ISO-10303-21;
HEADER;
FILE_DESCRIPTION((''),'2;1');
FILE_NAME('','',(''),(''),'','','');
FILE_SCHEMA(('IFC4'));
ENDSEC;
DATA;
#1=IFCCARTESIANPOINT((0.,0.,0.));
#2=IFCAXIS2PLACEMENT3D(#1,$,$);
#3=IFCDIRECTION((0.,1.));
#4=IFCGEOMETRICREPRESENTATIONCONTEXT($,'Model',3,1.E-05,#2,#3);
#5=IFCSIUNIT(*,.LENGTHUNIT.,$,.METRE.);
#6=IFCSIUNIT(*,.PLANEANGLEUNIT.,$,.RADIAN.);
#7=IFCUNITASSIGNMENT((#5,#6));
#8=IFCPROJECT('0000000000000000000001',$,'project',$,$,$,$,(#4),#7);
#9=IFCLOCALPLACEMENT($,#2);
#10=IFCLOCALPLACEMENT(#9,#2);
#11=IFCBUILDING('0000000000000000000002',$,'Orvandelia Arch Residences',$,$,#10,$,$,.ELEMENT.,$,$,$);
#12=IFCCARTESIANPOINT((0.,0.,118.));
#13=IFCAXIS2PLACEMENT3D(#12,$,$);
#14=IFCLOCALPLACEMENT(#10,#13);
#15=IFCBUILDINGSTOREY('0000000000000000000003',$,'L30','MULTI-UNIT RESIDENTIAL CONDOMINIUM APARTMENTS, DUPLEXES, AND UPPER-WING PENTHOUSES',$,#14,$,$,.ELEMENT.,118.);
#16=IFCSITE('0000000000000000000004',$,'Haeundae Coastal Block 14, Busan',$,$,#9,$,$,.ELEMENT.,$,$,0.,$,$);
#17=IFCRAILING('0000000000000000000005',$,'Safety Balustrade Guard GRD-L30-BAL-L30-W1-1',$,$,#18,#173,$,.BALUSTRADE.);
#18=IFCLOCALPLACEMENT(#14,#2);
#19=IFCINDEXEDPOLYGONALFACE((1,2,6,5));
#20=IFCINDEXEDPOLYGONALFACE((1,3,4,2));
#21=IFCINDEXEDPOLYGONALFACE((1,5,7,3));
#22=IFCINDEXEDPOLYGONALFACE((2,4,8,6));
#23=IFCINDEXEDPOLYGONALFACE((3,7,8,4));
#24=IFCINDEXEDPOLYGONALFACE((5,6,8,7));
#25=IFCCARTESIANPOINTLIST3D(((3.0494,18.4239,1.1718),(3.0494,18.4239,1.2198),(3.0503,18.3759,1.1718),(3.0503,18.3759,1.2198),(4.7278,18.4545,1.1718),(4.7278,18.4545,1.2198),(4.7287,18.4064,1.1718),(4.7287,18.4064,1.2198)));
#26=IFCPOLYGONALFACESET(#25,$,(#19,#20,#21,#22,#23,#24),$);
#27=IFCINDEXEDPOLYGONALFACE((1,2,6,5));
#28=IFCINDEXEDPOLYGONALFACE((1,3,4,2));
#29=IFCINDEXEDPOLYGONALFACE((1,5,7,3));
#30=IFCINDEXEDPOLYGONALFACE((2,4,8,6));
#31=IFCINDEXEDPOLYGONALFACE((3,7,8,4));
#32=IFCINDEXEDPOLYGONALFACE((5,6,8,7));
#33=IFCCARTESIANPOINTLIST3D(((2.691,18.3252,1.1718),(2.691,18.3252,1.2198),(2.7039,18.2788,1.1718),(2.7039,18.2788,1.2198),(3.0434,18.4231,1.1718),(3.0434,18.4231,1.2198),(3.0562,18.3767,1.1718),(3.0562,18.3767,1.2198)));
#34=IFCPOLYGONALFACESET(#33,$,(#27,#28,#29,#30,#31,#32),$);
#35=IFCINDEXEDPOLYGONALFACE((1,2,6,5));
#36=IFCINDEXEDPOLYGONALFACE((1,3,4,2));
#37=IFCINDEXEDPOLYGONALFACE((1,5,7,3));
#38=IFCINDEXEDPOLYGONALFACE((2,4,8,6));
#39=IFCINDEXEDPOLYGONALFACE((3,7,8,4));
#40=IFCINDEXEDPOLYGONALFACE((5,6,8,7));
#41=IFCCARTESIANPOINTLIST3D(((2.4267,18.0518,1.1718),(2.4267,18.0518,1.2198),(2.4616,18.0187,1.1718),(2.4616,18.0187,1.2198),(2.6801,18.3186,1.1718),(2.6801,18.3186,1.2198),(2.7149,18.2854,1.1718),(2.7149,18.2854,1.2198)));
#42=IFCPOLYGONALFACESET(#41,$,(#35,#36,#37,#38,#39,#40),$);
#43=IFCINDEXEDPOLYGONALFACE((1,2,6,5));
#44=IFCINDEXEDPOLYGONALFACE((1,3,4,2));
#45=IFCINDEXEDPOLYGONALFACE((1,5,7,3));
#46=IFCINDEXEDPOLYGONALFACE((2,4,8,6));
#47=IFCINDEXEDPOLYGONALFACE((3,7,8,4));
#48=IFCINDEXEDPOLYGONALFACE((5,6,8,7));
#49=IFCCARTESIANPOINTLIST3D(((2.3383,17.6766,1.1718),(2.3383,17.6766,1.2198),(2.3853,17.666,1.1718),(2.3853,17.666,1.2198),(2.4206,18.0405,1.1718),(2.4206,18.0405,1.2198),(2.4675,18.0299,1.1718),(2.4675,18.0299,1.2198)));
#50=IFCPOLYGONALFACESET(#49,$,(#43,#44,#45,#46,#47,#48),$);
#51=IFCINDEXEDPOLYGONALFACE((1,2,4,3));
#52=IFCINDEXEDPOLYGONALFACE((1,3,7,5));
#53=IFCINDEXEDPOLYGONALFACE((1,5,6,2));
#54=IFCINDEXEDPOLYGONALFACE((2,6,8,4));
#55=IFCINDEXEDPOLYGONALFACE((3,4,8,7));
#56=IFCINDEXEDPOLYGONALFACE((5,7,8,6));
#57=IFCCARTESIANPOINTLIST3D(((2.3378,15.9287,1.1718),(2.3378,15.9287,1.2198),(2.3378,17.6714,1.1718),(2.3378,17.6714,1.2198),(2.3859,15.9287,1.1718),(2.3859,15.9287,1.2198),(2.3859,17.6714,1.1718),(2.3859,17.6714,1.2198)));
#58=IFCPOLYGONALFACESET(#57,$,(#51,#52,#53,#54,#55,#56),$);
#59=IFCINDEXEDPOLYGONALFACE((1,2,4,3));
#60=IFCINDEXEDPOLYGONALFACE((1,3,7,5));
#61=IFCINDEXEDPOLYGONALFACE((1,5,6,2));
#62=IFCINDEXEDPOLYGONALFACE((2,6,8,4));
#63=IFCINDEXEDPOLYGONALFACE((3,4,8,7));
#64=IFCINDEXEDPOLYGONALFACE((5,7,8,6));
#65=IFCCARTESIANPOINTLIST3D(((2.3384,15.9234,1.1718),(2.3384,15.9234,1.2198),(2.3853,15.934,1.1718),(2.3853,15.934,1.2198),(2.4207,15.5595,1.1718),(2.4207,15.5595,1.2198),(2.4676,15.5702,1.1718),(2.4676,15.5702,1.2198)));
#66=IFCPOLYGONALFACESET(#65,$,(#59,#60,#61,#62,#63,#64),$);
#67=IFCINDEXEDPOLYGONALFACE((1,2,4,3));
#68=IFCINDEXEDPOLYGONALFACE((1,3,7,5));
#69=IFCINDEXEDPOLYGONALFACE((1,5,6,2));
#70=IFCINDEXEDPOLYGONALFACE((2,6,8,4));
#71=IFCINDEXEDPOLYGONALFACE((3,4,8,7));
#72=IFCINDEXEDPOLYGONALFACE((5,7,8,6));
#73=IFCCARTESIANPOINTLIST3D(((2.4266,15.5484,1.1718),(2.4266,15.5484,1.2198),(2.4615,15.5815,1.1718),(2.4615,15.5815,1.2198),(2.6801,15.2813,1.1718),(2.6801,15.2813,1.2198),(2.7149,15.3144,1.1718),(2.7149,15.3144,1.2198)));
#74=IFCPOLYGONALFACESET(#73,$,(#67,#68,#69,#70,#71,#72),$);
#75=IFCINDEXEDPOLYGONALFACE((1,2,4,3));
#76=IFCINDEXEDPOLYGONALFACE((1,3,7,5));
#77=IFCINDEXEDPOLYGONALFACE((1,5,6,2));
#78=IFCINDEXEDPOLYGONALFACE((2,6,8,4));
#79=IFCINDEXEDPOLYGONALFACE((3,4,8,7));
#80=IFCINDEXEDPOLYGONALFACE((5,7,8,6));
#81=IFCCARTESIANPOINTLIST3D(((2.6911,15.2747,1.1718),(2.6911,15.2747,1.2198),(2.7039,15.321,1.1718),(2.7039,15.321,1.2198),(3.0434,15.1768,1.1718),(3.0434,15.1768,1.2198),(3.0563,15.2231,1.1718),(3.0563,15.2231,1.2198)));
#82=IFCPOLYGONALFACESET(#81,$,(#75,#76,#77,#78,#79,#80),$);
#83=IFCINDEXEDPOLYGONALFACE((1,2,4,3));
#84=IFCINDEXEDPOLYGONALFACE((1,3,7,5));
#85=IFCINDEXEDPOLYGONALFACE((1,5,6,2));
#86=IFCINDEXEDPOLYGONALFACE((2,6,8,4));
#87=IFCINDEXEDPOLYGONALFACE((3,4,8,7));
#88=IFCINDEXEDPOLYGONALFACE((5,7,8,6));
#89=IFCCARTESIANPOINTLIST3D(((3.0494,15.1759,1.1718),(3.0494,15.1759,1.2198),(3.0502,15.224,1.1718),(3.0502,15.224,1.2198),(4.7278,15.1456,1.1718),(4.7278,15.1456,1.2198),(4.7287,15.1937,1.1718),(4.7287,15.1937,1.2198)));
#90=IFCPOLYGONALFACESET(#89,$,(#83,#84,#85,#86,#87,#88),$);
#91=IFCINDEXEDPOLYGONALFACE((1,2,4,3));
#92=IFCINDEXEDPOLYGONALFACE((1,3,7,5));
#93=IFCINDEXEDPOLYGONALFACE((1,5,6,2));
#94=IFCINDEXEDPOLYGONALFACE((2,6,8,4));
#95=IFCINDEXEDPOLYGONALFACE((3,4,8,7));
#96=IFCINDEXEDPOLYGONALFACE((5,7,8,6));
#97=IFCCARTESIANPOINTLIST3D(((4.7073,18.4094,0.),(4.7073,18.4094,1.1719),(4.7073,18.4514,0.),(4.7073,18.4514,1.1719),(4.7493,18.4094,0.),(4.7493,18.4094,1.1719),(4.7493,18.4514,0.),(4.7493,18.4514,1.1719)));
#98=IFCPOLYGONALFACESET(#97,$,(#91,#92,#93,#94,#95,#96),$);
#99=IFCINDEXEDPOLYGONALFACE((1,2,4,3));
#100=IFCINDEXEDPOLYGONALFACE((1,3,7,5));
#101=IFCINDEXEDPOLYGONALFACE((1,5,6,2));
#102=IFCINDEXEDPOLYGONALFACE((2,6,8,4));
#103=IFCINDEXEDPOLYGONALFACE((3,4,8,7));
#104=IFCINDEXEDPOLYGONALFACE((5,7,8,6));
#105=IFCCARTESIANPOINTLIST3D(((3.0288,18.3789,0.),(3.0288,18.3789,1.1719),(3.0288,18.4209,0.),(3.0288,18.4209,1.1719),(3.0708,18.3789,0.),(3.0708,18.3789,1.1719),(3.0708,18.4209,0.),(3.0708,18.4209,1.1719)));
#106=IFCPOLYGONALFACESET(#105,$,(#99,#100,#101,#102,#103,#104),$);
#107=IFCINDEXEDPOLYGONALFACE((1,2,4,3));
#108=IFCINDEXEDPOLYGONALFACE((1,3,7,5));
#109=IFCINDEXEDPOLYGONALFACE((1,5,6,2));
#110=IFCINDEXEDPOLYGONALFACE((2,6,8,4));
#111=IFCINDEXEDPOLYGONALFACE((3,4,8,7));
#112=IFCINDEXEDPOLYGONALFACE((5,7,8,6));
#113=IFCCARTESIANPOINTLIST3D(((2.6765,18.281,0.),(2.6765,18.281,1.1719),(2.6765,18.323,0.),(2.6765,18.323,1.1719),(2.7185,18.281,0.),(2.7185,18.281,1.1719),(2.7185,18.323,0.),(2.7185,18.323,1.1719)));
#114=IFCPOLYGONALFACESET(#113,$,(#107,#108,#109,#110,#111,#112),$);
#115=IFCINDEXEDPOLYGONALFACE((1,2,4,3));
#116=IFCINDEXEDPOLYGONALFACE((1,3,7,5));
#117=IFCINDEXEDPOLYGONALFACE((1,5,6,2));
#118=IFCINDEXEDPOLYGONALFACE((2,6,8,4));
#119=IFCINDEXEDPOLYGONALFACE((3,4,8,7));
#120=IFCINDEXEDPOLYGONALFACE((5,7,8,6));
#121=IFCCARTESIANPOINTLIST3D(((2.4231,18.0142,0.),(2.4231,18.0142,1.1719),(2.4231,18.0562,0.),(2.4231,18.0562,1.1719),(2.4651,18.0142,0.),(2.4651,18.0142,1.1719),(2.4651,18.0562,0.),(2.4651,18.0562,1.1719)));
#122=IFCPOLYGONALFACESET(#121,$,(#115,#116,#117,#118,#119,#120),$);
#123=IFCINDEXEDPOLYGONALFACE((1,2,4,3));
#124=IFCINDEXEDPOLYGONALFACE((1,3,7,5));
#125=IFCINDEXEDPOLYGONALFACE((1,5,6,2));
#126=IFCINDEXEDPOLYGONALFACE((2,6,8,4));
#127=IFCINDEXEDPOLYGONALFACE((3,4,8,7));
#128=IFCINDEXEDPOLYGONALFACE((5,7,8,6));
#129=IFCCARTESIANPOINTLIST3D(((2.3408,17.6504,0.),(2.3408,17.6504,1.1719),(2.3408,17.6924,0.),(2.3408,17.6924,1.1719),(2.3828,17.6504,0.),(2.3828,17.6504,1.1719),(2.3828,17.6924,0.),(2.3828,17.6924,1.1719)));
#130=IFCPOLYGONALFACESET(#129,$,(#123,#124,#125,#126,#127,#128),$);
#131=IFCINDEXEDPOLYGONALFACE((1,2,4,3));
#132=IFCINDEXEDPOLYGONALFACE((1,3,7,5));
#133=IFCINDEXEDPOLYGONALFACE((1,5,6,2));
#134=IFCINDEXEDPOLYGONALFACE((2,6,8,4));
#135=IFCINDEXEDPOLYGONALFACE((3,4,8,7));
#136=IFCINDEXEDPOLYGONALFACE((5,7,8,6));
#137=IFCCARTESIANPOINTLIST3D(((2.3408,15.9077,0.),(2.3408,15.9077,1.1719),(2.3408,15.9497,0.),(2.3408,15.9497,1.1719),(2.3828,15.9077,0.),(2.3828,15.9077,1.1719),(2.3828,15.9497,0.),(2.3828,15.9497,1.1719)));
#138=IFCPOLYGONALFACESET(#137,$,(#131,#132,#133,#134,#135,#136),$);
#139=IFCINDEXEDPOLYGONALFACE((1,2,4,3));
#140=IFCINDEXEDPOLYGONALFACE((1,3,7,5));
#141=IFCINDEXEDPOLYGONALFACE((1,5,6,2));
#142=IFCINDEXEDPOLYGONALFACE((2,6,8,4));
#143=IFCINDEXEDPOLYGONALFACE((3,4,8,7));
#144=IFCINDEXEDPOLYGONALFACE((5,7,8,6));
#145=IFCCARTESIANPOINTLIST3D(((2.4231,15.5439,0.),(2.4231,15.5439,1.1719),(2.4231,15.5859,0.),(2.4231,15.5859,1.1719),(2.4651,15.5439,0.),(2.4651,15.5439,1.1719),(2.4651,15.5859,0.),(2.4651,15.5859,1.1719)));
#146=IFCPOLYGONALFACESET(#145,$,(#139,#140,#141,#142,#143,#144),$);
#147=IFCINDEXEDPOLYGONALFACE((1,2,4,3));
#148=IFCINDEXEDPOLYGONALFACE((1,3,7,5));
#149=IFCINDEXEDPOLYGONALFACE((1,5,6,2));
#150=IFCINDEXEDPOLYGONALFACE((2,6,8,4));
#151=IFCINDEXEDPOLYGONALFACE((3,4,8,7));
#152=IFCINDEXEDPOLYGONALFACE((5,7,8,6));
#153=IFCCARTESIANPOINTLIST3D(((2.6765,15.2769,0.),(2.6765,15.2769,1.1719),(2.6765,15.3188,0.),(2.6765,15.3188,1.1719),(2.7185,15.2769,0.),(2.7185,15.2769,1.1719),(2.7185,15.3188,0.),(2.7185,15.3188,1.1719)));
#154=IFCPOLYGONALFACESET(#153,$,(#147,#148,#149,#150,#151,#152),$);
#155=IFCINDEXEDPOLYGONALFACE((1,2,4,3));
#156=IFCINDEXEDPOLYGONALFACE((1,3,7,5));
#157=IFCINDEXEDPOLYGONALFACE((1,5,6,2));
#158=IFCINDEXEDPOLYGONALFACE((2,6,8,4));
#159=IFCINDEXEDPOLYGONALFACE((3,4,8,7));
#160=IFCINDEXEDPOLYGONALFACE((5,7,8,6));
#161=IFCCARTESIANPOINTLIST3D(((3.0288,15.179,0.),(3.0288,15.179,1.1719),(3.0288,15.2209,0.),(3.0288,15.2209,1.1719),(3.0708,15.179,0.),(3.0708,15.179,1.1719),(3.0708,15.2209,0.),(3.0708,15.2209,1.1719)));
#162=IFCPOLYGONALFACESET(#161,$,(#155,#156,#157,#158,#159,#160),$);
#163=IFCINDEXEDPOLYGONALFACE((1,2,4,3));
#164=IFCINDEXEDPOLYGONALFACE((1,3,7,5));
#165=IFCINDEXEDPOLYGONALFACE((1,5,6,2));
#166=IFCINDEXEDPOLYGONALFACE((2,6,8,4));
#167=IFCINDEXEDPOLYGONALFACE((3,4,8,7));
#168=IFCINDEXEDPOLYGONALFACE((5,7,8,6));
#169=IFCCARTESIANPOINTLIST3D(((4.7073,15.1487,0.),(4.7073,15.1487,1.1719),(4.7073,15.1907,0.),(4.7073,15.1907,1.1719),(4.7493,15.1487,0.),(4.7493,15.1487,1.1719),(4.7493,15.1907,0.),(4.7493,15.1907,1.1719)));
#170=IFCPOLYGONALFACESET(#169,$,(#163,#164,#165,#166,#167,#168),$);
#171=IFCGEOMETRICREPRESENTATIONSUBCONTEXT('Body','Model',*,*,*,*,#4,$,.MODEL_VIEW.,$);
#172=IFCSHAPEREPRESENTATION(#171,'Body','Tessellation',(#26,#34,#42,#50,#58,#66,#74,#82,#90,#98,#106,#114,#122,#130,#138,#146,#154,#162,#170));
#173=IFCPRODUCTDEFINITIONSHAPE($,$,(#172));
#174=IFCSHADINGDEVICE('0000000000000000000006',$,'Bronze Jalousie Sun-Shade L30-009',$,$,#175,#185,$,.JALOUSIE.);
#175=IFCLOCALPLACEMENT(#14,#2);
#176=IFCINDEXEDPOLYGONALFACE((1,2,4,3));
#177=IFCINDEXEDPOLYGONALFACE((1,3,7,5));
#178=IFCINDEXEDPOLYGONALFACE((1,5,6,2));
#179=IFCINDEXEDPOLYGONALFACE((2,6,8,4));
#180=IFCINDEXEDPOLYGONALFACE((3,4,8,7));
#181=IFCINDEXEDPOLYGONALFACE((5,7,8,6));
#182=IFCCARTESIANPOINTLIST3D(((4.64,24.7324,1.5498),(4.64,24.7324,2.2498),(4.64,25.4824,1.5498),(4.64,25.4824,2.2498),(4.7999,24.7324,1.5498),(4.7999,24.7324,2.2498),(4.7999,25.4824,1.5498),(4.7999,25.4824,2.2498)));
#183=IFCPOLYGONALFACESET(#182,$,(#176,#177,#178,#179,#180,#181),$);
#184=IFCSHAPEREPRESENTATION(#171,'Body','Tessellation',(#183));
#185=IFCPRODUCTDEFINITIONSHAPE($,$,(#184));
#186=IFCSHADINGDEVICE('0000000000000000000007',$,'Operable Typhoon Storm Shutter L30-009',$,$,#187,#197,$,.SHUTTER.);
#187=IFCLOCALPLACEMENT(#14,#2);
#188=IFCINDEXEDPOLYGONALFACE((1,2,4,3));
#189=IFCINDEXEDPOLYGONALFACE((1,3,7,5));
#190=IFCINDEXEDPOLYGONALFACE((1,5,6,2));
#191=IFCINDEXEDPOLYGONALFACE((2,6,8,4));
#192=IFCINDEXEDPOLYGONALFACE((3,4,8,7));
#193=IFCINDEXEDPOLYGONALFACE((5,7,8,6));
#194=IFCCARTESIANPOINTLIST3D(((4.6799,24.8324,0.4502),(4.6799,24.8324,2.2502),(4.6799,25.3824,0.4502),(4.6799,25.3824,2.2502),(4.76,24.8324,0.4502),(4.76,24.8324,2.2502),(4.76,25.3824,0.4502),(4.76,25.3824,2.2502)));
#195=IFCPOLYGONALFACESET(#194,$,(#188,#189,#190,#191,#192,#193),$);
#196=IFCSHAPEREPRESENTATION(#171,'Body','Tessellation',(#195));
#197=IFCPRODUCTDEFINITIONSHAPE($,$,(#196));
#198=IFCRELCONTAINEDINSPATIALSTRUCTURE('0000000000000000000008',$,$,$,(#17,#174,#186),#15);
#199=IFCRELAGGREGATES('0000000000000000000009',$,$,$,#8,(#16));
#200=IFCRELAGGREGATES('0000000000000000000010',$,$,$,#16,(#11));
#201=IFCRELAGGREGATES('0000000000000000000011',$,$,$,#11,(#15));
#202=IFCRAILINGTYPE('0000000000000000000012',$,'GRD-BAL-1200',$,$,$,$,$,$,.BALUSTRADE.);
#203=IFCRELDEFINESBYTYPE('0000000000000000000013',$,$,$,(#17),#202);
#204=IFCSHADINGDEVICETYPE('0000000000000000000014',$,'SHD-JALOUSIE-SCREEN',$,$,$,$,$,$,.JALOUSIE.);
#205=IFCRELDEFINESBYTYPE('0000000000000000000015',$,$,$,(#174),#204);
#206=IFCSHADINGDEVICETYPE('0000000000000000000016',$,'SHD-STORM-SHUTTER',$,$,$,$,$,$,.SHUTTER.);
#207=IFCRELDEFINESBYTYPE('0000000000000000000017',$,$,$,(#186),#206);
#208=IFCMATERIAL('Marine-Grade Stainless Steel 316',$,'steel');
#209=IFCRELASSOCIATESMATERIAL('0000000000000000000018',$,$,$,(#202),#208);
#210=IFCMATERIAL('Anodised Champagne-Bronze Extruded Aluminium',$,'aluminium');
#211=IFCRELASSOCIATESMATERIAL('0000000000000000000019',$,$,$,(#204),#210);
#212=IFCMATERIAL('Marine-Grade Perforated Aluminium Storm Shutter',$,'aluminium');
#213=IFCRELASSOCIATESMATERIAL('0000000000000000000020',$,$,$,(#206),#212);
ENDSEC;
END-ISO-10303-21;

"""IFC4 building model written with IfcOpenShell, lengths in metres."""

from ifc_helpers import new_model, si_unit, direction, frame, origin, origin_2d, place, context, subcontext, project, spatial, rectangle, extrude, material, type_object, element, save


model = new_model("IFC4")

# Units and contexts
model_context = context("Model", 3, precision=1e-05, world=origin(), true_north=direction((0.0, 1.0)))
body_context = subcontext(model_context, "Body", "Model", "MODEL_VIEW")
ifc_project = project(units=[si_unit("LENGTHUNIT", "METRE"), si_unit("PLANEANGLEUNIT", "RADIAN")], contexts=[model_context])

# Site, building, storey
site_placement = place(None, origin())
site = spatial("IfcSite", under=ifc_project, at=site_placement, Name="Haeundae Coastal Block 14, Busan", CompositionType="ELEMENT", RefElevation=0.0)
building_placement = place(site_placement, origin())
building = spatial("IfcBuilding", under=site, at=building_placement, Name="Orvandelia Arch Residences", CompositionType="ELEMENT")
storey_placement = place(building_placement, frame((0.0, 0.0, 118.0)))
storey = spatial("IfcBuildingStorey", under=building, at=storey_placement, Name="L30", Description="MULTI-UNIT RESIDENTIAL CONDOMINIUM APARTMENTS, DUPLEXES, AND UPPER-WING PENTHOUSES", CompositionType="ELEMENT", Elevation=118.0)

# Railing
ifc_material_1 = material(Name="Marine-Grade Stainless Steel 316", Category="steel")
railing_type = type_object("IfcRailingType", Name="GRD-BAL-1200", PredefinedType="BALUSTRADE", material=ifc_material_1)
railing_placement = place(storey_placement, frame((4.7283, 18.4304, 0.0)))
element("IfcRailing", 1, at=railing_placement, inside=storey, type_object=railing_type, Name="Safety Balustrade Guard GRD-L30-BAL-L30-W1-1", PredefinedType="BALUSTRADE", context=body_context, shape_type="SweptSolid", body=[
    extrude(rectangle(XDim=0.0481, YDim=0.0481, at=origin_2d()), frame((0.0, 0.0, 1.1958), z_axis=(-0.999835, -0.018179, 0.0), x_axis=(0.018179, -0.999835, 0.0)), (0.0, 0.0, 1.0), 1.6787),
    extrude(rectangle(XDim=0.0481, YDim=0.0481, at=origin_2d()), frame((-1.6785, -0.0305, 1.1958), z_axis=(-0.963489, -0.267747, 0.0), x_axis=(0.267747, -0.963489, 0.0)), (0.0, 0.0, 1.0), 0.3657),
    extrude(rectangle(XDim=0.0481, YDim=0.0481, at=origin_2d()), frame((-2.0308, -0.1284, 1.1958), z_axis=(-0.688627, -0.725115, 0.0), x_axis=(0.725115, -0.688627, 0.0)), (0.0, 0.0, 1.0), 0.3679),
    extrude(rectangle(XDim=0.0481, YDim=0.0481, at=origin_2d()), frame((-2.2842, -0.3953, 1.1958), z_axis=(-0.220602, -0.975364, 0.0), x_axis=(0.975364, -0.220602, 0.0)), (0.0, 0.0, 1.0), 0.373),
    extrude(rectangle(XDim=0.0481, YDim=0.0481, at=origin_2d()), frame((-2.3665, -0.759, 1.1958), z_axis=(0.0, -1.0, 0.0), x_axis=(1.0, 0.0, 0.0)), (0.0, 0.0, 1.0), 1.7427),
    extrude(rectangle(XDim=0.0481, YDim=0.0481, at=origin_2d()), frame((-2.3665, -2.5017, 1.1958), z_axis=(0.220602, -0.975364, 0.0), x_axis=(0.975364, 0.220602, 0.0)), (0.0, 0.0, 1.0), 0.373),
    extrude(rectangle(XDim=0.0481, YDim=0.0481, at=origin_2d()), frame((-2.2842, -2.8655, 1.1958), z_axis=(0.688296, -0.72543, 0.0), x_axis=(0.72543, 0.688296, 0.0)), (0.0, 0.0, 1.0), 0.3682),
    extrude(rectangle(XDim=0.0481, YDim=0.0481, at=origin_2d()), frame((-2.0308, -3.1326, 1.1958), z_axis=(0.963489, -0.267747, 0.0), x_axis=(0.267747, 0.963489, 0.0)), (0.0, 0.0, 1.0), 0.3657),
    extrude(rectangle(XDim=0.0481, YDim=0.0481, at=origin_2d()), frame((-1.6785, -3.2305, 1.1958), z_axis=(0.999837, -0.018033, 0.0), x_axis=(0.018033, 0.999837, 0.0)), (0.0, 0.0, 1.0), 1.6787),
    extrude(rectangle(XDim=0.042, YDim=0.042, at=origin_2d()), origin(), (0.0, 0.0, 1.0), 1.1719),
    extrude(rectangle(XDim=0.042, YDim=0.042, at=origin_2d()), frame((-1.6785, -0.0305, 0.0)), (0.0, 0.0, 1.0), 1.1719),
    extrude(rectangle(XDim=0.042, YDim=0.042, at=origin_2d()), frame((-2.0308, -0.1284, 0.0)), (0.0, 0.0, 1.0), 1.1719),
    extrude(rectangle(XDim=0.042, YDim=0.042, at=origin_2d()), frame((-2.2842, -0.3953, 0.0)), (0.0, 0.0, 1.0), 1.1719),
    extrude(rectangle(XDim=0.042, YDim=0.042, at=origin_2d()), frame((-2.3665, -0.759, 0.0)), (0.0, 0.0, 1.0), 1.1719),
    extrude(rectangle(XDim=0.042, YDim=0.042, at=origin_2d()), frame((-2.3665, -2.5017, 0.0)), (0.0, 0.0, 1.0), 1.1719),
    extrude(rectangle(XDim=0.042, YDim=0.042, at=origin_2d()), frame((-2.2842, -2.8655, 0.0)), (0.0, 0.0, 1.0), 1.1719),
    extrude(rectangle(XDim=0.042, YDim=0.042, at=origin_2d()), frame((-2.0308, -3.1326, 0.0)), (0.0, 0.0, 1.0), 1.1719),
    extrude(rectangle(XDim=0.042, YDim=0.042, at=origin_2d()), frame((-1.6785, -3.2305, 0.0)), (0.0, 0.0, 1.0), 1.1719),
    extrude(rectangle(XDim=0.042, YDim=0.042, at=origin_2d()), frame((0.0, -3.2607, 0.0)), (0.0, 0.0, 1.0), 1.1719),
])

# Shading devices
ifc_material_2 = material(Name="Anodised Champagne-Bronze Extruded Aluminium", Category="aluminium")
shading_device_type_1 = type_object("IfcShadingDeviceType", Name="SHD-JALOUSIE-SCREEN", PredefinedType="JALOUSIE", material=ifc_material_2)
shading_device_1_placement = place(storey_placement, frame((4.72, 25.1074, 1.5498), z_axis=(0.0, 0.0, 1.0), x_axis=(0.0, 1.0, 0.0)))
element("IfcShadingDevice", 2, at=shading_device_1_placement, inside=storey, type_object=shading_device_type_1, Name="Bronze Jalousie Sun-Shade L30-009", PredefinedType="JALOUSIE", context=body_context, shape_type="SweptSolid", body=[
    extrude(rectangle(XDim=0.75, YDim=0.1599, at=origin_2d()), origin(), (0.0, 0.0, 1.0), 0.7),
])
ifc_material_3 = material(Name="Marine-Grade Perforated Aluminium Storm Shutter", Category="aluminium")
shading_device_type_2 = type_object("IfcShadingDeviceType", Name="SHD-STORM-SHUTTER", PredefinedType="SHUTTER", material=ifc_material_3)
shading_device_2_placement = place(storey_placement, frame((4.72, 25.1074, 0.4502), z_axis=(0.0, 0.0, 1.0), x_axis=(0.0, 1.0, 0.0)))
element("IfcShadingDevice", 3, at=shading_device_2_placement, inside=storey, type_object=shading_device_type_2, Name="Operable Typhoon Storm Shutter L30-009", PredefinedType="SHUTTER", context=body_context, shape_type="SweptSolid", body=[
    extrude(rectangle(XDim=0.55, YDim=0.0801, at=origin_2d()), origin(), (0.0, 0.0, 1.0), 1.8),
])

save(model, "model.ifc")
